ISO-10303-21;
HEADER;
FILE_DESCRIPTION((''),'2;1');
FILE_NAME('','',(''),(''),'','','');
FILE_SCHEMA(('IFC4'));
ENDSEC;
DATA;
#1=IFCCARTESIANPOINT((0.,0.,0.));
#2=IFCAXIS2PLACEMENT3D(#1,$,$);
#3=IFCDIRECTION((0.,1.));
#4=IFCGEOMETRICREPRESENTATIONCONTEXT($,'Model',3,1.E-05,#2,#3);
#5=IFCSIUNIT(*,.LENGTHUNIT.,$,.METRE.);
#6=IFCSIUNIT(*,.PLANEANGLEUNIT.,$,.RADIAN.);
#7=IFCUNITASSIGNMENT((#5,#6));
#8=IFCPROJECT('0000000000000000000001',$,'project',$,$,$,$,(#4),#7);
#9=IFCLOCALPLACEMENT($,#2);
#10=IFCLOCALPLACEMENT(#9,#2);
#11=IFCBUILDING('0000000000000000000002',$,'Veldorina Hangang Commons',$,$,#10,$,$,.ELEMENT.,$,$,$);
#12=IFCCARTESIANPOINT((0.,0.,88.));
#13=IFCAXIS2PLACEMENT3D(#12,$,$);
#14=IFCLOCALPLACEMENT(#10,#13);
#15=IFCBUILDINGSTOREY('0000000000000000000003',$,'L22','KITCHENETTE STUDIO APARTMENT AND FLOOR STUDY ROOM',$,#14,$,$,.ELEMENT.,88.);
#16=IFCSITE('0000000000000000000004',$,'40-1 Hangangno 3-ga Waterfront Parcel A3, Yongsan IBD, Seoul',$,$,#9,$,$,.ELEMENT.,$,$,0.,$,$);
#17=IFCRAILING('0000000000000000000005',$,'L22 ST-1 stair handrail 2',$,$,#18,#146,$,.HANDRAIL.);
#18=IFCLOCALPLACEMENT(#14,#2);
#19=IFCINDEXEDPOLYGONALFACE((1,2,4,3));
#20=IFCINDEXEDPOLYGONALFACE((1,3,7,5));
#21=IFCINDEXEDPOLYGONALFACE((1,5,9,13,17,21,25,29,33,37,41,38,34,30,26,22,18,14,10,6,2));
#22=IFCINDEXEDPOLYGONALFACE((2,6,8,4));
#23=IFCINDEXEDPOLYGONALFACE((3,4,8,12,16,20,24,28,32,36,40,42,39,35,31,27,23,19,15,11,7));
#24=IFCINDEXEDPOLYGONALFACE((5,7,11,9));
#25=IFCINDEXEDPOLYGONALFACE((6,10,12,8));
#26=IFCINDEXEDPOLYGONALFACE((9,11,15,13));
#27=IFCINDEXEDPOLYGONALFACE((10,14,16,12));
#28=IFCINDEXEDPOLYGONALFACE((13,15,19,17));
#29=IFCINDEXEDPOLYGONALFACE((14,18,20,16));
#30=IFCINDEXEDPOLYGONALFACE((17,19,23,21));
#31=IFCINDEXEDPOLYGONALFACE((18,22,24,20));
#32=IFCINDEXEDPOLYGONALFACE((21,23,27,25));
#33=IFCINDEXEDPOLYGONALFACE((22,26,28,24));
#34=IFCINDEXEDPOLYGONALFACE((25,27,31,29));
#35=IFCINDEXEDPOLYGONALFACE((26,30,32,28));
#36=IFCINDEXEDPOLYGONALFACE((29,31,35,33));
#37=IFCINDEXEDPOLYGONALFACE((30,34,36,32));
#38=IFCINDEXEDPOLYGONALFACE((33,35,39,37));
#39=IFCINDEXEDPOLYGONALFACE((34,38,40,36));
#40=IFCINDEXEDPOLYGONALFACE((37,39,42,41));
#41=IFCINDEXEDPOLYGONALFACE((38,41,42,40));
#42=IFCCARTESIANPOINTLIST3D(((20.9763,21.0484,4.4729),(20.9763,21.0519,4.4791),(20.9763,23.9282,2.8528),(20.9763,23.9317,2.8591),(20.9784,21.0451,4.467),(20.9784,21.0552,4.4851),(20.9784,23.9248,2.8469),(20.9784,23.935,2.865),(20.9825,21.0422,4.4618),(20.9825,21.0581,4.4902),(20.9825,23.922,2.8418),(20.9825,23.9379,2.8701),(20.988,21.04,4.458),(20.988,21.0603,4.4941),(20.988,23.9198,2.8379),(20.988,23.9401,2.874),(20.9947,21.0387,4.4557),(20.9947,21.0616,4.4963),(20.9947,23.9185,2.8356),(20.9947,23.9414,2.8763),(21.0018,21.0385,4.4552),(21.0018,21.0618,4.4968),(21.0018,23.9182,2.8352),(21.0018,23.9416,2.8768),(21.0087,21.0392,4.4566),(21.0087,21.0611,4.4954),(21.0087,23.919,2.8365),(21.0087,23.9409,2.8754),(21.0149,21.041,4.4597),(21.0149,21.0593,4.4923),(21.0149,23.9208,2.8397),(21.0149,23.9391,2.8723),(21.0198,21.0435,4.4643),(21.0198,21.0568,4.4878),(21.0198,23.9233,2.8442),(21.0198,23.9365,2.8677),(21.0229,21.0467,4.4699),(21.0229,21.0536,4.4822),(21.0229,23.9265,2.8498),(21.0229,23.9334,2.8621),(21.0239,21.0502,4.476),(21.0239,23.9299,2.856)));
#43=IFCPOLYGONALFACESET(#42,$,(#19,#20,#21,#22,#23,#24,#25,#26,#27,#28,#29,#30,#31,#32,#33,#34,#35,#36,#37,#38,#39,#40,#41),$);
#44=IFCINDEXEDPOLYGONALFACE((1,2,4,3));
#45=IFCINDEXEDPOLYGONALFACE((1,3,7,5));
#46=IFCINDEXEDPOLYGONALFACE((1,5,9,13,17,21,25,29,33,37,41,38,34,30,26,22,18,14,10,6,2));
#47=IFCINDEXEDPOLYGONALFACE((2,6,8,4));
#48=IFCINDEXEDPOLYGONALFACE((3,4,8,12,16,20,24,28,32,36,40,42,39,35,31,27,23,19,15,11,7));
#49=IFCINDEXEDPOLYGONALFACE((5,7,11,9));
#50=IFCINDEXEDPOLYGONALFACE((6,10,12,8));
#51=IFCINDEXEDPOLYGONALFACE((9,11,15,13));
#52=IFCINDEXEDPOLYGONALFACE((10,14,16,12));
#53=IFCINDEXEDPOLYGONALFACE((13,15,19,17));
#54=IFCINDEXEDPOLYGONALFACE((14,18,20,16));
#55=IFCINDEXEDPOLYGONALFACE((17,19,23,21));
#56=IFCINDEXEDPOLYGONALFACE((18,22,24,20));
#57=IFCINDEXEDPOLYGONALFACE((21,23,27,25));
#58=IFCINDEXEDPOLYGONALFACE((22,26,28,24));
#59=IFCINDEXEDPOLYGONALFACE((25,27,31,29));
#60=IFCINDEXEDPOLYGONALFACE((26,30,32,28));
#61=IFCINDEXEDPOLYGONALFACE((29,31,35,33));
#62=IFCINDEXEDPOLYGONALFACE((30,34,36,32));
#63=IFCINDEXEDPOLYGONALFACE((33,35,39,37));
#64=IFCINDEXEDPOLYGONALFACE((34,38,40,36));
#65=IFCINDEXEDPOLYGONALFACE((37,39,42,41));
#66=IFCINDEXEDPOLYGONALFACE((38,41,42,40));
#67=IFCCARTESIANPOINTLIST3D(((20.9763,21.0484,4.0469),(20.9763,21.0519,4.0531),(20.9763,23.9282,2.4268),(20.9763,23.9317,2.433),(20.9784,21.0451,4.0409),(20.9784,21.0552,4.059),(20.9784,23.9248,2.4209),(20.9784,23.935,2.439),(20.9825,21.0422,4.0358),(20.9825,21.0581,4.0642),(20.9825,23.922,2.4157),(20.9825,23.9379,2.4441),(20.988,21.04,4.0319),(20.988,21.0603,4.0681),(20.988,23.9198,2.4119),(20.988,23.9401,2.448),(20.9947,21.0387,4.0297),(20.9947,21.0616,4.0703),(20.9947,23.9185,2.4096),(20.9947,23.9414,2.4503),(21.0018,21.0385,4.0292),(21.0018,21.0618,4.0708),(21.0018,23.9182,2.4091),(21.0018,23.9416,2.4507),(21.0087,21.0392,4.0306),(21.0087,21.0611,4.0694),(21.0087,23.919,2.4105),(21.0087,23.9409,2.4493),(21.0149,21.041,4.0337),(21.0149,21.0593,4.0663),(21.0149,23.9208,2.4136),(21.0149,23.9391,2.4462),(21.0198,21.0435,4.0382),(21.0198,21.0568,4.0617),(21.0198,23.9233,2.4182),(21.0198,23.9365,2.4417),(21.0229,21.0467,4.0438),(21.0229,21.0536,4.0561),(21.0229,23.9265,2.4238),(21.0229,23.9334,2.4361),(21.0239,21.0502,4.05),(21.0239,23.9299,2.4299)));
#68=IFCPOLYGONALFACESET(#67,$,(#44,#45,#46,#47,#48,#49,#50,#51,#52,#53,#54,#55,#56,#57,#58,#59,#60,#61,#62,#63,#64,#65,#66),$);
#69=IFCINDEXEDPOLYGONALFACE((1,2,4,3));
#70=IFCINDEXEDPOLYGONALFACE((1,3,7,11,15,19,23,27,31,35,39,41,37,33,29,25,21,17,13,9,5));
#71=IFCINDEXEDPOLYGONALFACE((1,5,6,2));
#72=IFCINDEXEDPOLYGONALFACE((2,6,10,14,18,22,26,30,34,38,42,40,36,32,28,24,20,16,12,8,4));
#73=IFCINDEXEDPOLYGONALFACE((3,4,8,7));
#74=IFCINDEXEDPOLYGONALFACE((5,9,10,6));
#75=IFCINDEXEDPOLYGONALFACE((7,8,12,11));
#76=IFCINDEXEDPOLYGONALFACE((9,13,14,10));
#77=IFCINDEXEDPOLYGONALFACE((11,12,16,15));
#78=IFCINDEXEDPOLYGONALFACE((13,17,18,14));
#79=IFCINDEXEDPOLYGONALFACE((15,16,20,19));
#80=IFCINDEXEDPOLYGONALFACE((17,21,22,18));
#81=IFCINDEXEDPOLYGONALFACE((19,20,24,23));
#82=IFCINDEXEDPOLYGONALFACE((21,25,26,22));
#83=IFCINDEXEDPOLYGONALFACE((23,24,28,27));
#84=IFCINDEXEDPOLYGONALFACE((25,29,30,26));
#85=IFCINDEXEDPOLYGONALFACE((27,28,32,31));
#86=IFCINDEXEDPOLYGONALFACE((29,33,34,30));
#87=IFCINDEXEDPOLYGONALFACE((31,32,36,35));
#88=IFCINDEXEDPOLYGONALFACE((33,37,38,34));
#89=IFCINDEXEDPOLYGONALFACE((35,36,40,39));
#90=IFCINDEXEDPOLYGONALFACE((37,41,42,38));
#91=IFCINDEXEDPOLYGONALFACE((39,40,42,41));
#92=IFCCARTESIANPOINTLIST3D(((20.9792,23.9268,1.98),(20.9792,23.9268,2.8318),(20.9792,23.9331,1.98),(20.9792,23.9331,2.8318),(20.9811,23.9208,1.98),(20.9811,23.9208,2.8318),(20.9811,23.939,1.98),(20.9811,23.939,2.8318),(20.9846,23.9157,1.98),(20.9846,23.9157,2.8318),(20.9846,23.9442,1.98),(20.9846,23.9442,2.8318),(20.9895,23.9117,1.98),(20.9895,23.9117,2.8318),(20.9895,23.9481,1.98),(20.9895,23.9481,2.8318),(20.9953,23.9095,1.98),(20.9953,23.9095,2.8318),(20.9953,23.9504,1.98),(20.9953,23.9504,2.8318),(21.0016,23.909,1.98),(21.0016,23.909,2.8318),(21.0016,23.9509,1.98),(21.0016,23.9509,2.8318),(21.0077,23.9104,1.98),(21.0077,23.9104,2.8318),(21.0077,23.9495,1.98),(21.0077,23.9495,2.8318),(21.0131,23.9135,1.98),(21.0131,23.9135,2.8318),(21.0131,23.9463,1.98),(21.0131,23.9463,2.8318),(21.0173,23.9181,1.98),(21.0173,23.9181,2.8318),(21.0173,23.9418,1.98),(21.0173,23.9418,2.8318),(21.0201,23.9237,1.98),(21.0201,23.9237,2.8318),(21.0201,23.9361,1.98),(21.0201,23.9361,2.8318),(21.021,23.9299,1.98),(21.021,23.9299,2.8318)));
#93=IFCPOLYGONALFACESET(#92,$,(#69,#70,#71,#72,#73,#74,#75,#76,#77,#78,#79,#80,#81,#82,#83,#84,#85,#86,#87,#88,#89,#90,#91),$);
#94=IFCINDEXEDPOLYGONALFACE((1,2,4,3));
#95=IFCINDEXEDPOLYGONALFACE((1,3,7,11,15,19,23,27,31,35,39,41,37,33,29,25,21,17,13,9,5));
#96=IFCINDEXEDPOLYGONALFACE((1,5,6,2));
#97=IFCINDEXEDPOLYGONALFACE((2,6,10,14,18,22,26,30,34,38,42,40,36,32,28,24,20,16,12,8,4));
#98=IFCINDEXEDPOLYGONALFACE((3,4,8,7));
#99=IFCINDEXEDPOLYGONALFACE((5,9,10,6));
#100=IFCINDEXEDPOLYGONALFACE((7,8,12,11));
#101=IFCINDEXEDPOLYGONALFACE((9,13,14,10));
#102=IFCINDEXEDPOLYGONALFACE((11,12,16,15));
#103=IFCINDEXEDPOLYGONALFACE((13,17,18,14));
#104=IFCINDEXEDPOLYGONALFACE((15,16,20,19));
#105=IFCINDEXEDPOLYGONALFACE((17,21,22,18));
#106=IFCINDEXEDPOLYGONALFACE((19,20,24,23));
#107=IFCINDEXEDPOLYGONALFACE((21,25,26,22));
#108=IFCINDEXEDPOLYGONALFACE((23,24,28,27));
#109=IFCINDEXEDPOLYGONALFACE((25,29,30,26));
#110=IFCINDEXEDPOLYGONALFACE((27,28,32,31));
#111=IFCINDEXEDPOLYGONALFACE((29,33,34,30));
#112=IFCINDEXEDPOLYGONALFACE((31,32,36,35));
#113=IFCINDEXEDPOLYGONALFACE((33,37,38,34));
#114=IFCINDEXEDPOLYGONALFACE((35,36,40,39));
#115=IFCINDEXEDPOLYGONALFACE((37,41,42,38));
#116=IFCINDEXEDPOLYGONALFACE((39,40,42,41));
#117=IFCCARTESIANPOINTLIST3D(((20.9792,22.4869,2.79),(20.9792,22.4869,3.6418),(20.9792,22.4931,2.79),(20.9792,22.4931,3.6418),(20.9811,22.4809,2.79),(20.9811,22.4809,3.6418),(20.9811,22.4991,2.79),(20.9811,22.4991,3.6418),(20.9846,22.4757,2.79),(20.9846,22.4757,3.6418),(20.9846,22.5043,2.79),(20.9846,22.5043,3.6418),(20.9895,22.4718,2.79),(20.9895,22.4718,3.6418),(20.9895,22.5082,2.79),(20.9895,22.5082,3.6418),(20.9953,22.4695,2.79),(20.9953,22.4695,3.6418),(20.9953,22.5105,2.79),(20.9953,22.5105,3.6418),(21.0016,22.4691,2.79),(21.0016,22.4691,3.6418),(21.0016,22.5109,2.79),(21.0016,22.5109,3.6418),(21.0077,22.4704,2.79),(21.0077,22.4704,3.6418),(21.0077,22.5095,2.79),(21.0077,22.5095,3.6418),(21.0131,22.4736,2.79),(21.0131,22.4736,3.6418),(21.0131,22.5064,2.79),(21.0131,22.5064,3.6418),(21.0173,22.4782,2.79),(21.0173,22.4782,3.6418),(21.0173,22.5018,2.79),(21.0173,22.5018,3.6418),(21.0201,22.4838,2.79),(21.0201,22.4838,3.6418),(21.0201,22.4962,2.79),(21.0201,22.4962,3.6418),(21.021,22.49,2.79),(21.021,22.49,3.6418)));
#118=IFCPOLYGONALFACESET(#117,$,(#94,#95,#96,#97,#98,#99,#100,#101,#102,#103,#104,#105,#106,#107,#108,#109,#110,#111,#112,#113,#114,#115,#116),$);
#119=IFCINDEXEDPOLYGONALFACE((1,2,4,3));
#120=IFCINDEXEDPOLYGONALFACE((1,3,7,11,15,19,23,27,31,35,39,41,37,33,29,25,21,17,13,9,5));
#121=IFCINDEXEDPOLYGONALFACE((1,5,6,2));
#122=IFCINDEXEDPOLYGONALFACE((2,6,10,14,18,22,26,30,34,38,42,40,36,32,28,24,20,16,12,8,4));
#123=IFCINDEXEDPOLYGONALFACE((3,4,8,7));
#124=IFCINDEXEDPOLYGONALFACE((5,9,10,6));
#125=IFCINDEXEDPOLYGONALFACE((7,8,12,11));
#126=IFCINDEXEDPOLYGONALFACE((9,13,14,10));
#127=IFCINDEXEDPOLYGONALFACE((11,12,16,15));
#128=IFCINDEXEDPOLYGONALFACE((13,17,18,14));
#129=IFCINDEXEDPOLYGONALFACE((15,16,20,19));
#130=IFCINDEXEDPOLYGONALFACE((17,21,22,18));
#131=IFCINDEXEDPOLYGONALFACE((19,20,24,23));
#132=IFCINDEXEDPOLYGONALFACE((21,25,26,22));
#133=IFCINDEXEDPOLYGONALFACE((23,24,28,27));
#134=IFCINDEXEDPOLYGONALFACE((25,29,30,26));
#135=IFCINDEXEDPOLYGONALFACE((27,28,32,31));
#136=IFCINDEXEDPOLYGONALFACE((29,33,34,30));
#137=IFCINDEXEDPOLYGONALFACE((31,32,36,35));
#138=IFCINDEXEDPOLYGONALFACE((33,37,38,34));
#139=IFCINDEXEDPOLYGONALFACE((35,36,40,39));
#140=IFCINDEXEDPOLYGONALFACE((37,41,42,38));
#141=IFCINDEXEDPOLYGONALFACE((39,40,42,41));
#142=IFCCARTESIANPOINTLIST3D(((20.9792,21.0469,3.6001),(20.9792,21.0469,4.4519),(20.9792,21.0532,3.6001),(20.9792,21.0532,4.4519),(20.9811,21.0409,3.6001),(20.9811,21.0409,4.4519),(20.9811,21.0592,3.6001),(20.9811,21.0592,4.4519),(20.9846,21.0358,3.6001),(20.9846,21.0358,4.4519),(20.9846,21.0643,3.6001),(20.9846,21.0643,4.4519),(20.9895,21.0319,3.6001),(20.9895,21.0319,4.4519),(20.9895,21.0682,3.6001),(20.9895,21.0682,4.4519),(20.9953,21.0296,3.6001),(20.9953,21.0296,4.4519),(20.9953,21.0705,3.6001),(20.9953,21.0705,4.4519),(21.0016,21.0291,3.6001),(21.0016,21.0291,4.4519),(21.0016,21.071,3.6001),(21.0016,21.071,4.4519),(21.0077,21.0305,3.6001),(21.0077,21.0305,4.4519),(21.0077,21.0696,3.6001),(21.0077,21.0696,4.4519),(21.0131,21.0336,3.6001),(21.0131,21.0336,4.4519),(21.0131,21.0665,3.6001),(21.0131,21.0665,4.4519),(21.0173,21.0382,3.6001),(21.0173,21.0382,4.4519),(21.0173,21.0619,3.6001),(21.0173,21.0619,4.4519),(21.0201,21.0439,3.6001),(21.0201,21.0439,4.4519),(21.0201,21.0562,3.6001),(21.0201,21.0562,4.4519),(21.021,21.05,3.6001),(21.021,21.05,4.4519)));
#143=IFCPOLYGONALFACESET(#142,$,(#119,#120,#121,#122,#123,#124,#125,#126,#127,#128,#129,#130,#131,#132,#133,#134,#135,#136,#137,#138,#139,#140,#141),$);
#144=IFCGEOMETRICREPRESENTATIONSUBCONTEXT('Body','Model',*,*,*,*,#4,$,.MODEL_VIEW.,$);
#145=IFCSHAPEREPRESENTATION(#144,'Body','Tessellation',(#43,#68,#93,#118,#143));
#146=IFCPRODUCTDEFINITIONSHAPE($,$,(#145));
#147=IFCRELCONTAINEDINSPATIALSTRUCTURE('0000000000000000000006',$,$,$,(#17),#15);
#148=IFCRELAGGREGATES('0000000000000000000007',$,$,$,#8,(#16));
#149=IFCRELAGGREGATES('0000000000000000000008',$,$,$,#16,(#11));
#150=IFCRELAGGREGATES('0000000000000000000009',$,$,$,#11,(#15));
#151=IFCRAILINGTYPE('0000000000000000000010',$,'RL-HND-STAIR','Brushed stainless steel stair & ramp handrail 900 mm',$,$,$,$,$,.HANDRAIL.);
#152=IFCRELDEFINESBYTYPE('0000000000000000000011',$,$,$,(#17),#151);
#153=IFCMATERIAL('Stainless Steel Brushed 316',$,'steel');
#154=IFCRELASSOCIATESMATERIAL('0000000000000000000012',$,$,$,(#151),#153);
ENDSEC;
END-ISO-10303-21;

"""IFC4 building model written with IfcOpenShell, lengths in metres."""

from ifc_helpers import new_model, si_unit, direction, frame, origin, origin_2d, place, context, subcontext, project, spatial, circle, extrude, material, type_object, element, save


model = new_model("IFC4")

# Units and contexts
model_context = context("Model", 3, precision=1e-05, world=origin(), true_north=direction((0.0, 1.0)))
body_context = subcontext(model_context, "Body", "Model", "MODEL_VIEW")
ifc_project = project(units=[si_unit("LENGTHUNIT", "METRE"), si_unit("PLANEANGLEUNIT", "RADIAN")], contexts=[model_context])

# Site, building, storey
site_placement = place(None, origin())
site = spatial("IfcSite", under=ifc_project, at=site_placement, Name="40-1 Hangangno 3-ga Waterfront Parcel A3, Yongsan IBD, Seoul", CompositionType="ELEMENT", RefElevation=0.0)
building_placement = place(site_placement, origin())
building = spatial("IfcBuilding", under=site, at=building_placement, Name="Veldorina Hangang Commons", CompositionType="ELEMENT")
storey_placement = place(building_placement, frame((0.0, 0.0, 88.0)))
storey = spatial("IfcBuildingStorey", under=building, at=storey_placement, Name="L22", Description="KITCHENETTE STUDIO APARTMENT AND FLOOR STUDY ROOM", CompositionType="ELEMENT", Elevation=88.0)

# Railing
ifc_material_1 = material(Name="Stainless Steel Brushed 316", Category="steel")
railing_type_1 = type_object("IfcRailingType", Name="RL-HND-STAIR", Description="Brushed stainless steel stair & ramp handrail 900 mm", PredefinedType="HANDRAIL", material=ifc_material_1)
railing_1_placement = place(storey_placement, frame((21.0, 23.9299, 1.98)))
element("IfcRailing", 1, at=railing_1_placement, inside=storey, type_object=railing_type_1, Name="L22 ST-1 stair handrail 2", PredefinedType="HANDRAIL", context=body_context, shape_type="SweptSolid", body=[
    extrude(circle(Radius=0.0239, at=origin_2d()), frame((0.0, 0.0, 0.876), z_axis=(0.0, -0.871552, 0.490303), x_axis=(1.0, 0.0, 0.0)), (0.0, 0.0, 1.0), 3.3042),
    extrude(circle(Radius=0.0239, at=origin_2d()), frame((0.0, 0.0, 0.45), z_axis=(0.0, -0.871552, 0.490303), x_axis=(1.0, 0.0, 0.0)), (0.0, 0.0, 1.0), 3.3042),
    extrude(circle(Radius=0.021, at=origin_2d()), origin(), (0.0, 0.0, 1.0), 0.8518),
    extrude(circle(Radius=0.021, at=origin_2d()), frame((0.0, -1.4399, 0.8101)), (0.0, 0.0, 1.0), 0.8518),
    extrude(circle(Radius=0.021, at=origin_2d()), frame((0.0, -2.8799, 1.6201)), (0.0, 0.0, 1.0), 0.8518),
])

save(model, "model.ifc")
